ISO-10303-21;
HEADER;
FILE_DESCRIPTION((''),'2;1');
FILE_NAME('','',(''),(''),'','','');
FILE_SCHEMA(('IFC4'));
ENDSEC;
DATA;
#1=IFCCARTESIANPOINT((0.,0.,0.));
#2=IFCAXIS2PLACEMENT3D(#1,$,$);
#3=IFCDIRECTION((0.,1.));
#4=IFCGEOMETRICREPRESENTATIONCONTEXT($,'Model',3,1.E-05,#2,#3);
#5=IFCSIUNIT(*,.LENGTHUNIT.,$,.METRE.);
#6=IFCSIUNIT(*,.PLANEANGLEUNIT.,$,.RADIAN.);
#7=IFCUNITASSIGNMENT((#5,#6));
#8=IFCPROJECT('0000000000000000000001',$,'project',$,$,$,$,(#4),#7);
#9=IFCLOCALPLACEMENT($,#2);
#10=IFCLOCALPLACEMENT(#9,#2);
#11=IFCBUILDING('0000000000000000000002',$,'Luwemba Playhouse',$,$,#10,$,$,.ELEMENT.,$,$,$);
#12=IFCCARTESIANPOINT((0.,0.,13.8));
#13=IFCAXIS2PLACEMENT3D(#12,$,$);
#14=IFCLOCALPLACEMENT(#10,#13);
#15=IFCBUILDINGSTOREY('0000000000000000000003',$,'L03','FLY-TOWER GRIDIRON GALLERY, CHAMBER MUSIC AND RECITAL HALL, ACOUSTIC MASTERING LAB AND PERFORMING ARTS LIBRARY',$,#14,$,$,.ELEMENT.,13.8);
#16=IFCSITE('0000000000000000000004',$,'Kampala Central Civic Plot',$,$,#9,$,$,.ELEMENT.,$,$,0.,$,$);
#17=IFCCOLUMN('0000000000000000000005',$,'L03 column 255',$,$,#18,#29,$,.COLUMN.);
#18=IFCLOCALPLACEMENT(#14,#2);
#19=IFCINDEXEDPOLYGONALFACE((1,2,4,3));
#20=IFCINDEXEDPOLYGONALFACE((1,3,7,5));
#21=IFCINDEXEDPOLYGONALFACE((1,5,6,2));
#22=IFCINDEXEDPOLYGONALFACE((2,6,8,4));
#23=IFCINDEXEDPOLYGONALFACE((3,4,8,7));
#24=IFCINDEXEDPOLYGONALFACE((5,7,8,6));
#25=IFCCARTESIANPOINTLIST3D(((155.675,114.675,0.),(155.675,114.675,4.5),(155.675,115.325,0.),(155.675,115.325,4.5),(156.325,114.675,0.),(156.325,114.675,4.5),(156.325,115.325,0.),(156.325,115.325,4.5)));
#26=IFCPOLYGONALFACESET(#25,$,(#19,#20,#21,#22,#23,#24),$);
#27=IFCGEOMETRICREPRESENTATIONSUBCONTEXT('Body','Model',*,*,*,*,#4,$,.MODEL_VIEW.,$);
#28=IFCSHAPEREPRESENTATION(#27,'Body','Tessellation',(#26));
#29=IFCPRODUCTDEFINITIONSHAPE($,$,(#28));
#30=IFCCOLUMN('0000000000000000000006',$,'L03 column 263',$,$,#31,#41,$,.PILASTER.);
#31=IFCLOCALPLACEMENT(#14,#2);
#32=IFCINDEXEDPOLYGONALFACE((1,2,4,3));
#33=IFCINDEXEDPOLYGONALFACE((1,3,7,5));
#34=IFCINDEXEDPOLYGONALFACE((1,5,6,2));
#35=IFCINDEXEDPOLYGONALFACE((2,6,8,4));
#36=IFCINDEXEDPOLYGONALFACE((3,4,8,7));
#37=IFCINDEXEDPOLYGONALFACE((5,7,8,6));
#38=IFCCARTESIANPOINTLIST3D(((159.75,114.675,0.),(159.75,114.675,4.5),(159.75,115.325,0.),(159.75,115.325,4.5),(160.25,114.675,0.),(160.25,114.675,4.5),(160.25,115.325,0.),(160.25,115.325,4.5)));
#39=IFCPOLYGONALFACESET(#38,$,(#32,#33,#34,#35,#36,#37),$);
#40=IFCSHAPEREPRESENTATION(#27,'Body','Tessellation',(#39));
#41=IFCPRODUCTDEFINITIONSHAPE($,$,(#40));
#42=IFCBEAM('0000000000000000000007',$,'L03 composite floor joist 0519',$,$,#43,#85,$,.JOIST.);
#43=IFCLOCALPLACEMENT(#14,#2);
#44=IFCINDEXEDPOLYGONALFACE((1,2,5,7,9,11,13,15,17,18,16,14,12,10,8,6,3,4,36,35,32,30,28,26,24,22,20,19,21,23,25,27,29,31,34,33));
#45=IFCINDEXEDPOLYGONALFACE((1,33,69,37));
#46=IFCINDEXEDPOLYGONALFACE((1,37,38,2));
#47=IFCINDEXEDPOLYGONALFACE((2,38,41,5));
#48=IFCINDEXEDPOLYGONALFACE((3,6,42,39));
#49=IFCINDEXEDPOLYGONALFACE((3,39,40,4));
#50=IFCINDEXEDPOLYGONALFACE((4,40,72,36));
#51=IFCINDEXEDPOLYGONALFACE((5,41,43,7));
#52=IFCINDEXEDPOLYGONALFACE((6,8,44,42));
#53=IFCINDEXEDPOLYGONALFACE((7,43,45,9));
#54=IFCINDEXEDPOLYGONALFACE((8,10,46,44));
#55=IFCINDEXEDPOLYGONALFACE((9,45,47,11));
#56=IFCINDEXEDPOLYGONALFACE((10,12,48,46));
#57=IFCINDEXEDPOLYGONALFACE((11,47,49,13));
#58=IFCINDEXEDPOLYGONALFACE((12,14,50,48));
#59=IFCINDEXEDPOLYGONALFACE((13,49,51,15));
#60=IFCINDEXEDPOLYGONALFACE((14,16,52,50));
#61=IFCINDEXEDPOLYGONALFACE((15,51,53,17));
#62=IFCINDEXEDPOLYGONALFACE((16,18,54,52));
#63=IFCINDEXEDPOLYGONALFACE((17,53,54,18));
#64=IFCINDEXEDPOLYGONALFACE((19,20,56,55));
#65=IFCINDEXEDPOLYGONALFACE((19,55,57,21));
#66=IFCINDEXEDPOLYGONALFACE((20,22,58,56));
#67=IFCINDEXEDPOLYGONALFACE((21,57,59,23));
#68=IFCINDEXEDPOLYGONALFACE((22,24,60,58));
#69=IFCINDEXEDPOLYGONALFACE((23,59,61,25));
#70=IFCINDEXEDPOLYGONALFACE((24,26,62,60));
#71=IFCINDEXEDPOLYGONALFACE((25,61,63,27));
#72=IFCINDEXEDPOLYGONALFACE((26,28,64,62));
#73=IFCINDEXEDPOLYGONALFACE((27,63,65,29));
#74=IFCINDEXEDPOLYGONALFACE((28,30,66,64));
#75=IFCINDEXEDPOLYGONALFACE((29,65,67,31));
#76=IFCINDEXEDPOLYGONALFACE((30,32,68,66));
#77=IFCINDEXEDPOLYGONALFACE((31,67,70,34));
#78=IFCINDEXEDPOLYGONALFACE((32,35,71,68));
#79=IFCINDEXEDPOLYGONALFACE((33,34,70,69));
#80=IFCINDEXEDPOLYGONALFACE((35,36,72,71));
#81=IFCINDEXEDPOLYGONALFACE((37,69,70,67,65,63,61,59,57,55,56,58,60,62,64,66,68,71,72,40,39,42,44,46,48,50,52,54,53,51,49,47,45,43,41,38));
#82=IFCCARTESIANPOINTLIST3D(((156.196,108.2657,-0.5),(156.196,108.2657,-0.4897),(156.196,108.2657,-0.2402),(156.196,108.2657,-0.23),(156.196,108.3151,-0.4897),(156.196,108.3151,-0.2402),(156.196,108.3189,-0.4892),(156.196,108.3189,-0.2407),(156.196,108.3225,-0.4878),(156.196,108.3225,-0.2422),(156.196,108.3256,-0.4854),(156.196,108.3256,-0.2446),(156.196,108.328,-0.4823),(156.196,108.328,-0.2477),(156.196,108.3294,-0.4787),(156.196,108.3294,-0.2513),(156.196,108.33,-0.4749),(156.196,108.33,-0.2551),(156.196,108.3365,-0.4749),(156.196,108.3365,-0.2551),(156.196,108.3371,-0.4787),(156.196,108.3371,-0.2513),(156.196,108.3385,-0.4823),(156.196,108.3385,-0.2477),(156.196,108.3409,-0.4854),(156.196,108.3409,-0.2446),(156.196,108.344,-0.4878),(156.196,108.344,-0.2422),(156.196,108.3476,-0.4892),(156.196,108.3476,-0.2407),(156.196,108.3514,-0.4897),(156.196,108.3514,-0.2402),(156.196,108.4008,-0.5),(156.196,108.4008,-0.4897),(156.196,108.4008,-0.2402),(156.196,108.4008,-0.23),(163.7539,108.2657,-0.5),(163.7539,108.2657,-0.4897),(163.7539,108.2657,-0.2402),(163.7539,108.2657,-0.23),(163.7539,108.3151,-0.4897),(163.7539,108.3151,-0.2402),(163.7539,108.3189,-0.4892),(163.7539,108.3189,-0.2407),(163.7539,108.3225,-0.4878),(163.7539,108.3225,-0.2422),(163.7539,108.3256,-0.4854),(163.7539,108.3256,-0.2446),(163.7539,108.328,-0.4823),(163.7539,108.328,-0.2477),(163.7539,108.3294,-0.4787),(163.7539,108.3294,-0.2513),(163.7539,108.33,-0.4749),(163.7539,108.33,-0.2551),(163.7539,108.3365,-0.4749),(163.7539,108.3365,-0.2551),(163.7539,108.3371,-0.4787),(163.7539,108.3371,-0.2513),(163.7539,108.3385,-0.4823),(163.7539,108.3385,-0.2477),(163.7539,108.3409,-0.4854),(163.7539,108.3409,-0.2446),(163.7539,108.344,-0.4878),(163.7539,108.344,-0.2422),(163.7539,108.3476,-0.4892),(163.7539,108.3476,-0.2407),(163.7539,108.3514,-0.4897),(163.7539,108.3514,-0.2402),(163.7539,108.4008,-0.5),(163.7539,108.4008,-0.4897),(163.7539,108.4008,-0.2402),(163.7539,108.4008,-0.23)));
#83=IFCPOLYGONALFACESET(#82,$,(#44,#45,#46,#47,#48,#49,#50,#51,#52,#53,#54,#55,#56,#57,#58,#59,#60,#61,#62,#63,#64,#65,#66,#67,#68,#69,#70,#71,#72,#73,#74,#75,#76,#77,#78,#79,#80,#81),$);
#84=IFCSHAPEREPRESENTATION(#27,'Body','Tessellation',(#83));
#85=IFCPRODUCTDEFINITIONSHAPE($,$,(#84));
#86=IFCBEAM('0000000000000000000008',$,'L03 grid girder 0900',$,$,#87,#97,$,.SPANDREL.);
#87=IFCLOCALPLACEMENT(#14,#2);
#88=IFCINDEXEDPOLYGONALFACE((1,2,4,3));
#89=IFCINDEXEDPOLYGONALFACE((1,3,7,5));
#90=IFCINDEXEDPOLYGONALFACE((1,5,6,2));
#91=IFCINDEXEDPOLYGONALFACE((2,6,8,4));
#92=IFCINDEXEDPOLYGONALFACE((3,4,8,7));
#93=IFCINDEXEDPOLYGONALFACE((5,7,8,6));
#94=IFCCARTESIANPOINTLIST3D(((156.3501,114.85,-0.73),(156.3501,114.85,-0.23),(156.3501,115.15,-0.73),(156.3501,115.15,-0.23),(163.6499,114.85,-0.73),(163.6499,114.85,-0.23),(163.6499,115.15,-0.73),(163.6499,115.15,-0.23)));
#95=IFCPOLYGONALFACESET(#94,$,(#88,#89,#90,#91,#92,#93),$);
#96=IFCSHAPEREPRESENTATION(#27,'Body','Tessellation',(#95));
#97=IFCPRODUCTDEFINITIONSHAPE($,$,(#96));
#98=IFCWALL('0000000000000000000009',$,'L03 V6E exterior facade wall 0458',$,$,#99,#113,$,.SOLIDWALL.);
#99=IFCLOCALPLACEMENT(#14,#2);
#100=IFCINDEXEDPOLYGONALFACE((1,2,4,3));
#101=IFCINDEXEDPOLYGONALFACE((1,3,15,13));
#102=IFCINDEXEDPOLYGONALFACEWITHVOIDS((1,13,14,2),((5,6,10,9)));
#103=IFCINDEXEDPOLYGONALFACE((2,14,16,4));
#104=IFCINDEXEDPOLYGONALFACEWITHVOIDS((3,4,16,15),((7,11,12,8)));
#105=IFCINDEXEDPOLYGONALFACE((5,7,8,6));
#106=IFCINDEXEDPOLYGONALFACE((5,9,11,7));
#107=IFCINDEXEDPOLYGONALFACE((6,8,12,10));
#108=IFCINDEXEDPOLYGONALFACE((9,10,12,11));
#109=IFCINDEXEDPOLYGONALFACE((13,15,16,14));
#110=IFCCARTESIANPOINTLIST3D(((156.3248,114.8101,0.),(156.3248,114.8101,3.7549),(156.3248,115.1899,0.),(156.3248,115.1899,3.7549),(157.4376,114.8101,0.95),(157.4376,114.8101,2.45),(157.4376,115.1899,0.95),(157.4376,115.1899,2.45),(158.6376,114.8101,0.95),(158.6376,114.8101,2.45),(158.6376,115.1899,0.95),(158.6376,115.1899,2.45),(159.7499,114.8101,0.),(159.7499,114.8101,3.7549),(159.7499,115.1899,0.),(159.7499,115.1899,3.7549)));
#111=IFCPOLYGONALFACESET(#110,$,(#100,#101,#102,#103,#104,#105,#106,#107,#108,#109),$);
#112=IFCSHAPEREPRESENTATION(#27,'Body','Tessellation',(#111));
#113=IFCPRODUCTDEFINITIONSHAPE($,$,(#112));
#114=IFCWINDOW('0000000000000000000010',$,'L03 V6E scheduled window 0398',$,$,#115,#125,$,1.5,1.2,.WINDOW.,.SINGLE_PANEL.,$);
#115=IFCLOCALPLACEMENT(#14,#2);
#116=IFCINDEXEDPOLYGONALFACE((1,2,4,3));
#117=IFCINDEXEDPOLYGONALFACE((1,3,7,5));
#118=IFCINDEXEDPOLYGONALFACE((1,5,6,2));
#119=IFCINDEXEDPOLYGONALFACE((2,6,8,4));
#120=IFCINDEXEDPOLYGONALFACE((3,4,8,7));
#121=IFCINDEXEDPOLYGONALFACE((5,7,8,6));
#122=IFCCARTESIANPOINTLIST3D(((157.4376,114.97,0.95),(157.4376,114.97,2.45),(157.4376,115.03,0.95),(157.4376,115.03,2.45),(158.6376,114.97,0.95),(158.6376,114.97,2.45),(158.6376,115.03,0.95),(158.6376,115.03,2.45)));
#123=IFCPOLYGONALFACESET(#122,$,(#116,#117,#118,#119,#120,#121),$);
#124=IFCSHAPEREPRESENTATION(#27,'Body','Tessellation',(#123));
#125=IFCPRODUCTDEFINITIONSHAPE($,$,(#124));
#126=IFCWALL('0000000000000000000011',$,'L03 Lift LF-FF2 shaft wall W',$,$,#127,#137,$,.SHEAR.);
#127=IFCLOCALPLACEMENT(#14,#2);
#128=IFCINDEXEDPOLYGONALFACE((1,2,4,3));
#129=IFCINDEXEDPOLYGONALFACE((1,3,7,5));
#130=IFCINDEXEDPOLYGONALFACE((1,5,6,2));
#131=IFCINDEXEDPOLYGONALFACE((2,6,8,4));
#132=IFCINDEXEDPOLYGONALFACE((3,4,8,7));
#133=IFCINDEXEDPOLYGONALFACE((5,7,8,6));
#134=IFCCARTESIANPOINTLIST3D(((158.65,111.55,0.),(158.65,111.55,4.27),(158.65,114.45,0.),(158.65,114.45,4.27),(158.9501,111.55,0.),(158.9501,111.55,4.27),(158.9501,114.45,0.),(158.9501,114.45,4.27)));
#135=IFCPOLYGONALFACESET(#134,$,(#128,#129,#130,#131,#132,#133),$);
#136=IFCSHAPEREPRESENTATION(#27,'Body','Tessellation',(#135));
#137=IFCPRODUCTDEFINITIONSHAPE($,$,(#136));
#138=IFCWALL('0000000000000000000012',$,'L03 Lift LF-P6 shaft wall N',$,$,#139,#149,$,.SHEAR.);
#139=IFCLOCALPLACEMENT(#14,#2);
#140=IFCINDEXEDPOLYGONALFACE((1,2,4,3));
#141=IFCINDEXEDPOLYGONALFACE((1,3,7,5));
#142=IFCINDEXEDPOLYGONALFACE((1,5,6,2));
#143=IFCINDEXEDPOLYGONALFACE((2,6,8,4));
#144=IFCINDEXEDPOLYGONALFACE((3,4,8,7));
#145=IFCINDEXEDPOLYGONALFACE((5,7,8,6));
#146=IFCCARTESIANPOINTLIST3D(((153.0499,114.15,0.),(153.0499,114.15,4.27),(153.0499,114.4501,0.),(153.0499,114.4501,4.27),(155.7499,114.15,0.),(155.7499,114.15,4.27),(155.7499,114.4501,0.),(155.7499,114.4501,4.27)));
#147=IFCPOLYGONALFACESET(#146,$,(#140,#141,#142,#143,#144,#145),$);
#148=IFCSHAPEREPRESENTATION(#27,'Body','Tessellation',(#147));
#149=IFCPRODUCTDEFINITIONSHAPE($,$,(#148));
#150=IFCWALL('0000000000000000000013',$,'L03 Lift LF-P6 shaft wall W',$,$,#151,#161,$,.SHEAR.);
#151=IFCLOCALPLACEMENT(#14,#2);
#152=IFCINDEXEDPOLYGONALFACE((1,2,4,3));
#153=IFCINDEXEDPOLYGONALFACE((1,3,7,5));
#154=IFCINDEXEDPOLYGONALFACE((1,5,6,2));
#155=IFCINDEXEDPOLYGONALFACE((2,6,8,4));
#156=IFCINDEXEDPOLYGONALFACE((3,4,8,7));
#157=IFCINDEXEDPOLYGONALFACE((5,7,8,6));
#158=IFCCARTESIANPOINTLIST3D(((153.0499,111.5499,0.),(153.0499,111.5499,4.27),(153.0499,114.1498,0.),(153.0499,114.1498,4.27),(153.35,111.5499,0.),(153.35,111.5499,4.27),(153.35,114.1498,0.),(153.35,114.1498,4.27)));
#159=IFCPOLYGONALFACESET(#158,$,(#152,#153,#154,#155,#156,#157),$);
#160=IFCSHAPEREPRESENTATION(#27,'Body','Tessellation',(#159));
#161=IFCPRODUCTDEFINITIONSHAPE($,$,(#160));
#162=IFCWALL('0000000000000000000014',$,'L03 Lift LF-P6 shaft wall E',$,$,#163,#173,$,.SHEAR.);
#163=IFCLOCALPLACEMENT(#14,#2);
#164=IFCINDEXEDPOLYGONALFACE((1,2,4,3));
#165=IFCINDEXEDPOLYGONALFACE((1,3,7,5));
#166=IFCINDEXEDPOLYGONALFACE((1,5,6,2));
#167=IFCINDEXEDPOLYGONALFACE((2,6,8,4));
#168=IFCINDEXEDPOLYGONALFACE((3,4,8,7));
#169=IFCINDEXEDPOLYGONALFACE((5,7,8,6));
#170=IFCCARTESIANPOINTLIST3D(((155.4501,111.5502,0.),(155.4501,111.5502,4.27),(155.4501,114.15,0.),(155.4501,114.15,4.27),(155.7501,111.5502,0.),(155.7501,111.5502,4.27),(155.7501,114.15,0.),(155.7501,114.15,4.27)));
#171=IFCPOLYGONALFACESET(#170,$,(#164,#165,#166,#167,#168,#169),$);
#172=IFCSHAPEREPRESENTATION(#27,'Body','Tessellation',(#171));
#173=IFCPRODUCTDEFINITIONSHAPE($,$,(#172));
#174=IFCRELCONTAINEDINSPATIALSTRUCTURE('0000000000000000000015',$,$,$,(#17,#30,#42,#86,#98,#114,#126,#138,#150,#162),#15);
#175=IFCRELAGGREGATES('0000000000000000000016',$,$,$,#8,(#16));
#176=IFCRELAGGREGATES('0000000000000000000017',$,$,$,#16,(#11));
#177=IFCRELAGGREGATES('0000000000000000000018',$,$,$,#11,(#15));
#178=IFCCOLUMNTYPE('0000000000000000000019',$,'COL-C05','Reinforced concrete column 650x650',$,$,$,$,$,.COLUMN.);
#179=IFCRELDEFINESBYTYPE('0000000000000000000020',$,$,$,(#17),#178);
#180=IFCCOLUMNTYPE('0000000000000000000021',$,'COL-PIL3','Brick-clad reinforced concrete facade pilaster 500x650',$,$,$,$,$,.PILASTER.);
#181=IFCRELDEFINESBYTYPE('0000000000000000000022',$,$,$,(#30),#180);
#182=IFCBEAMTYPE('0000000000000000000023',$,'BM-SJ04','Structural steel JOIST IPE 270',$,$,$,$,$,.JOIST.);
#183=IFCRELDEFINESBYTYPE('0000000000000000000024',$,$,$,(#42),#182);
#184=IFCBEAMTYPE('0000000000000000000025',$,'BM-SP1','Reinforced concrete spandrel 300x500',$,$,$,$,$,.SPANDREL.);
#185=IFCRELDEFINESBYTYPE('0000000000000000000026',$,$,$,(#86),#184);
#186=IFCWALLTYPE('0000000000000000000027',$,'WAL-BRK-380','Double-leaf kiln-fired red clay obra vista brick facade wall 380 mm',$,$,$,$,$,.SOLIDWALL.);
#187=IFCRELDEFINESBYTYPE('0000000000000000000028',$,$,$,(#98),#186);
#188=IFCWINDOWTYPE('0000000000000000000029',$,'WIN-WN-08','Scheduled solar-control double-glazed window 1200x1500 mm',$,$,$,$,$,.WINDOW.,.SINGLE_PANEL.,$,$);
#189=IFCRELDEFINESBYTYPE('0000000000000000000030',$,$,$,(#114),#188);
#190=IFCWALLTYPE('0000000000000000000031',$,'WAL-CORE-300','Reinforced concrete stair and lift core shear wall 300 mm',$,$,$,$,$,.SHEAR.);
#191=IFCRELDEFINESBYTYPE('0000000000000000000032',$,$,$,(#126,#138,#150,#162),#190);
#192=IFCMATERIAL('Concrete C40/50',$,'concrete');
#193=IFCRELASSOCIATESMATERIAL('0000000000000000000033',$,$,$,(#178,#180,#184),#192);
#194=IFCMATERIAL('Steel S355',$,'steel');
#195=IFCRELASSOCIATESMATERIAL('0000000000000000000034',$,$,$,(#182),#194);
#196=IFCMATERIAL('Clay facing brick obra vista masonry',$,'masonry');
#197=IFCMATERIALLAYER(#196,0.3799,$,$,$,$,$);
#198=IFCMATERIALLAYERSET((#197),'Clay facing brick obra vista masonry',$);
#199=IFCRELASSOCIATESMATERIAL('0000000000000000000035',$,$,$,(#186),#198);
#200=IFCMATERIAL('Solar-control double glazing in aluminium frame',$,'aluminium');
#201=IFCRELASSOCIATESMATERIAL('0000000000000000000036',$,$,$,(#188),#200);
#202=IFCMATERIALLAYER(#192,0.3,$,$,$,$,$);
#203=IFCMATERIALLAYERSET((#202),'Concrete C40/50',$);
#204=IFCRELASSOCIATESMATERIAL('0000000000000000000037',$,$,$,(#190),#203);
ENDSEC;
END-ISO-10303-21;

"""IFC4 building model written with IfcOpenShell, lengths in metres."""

from ifc_helpers import new_model, si_unit, direction, frame, frame_2d, origin, origin_2d, place, context, subcontext, project, spatial, rectangle, i_section, extrude, material, layer, layer_set, material_profile, profile_set, type_object, element, fill, save


model = new_model("IFC4")

# Units and contexts
model_context = context("Model", 3, precision=1e-05, world=origin(), true_north=direction((0.0, 1.0)))
body_context = subcontext(model_context, "Body", "Model", "MODEL_VIEW")
ifc_project = project(units=[si_unit("LENGTHUNIT", "METRE"), si_unit("PLANEANGLEUNIT", "RADIAN")], contexts=[model_context])

# Site, building, storey
site_placement = place(None, origin())
site = spatial("IfcSite", under=ifc_project, at=site_placement, Name="Kampala Central Civic Plot", CompositionType="ELEMENT", RefElevation=0.0)
building_placement = place(site_placement, origin())
building = spatial("IfcBuilding", under=site, at=building_placement, Name="Luwemba Playhouse", CompositionType="ELEMENT")
storey_placement = place(building_placement, frame((0.0, 0.0, 13.8)))
storey = spatial("IfcBuildingStorey", under=building, at=storey_placement, Name="L03", Description="FLY-TOWER GRIDIRON GALLERY, CHAMBER MUSIC AND RECITAL HALL, ACOUSTIC MASTERING LAB AND PERFORMING ARTS LIBRARY", CompositionType="ELEMENT", Elevation=13.8)

# Columns
ifc_material_1 = material(Name="Concrete C40/50", Category="concrete")
ifc_material_profile_1 = material_profile(ifc_material_1, rectangle(XDim=0.6499, YDim=0.6499, at=origin_2d()))
ifc_profile_set_1 = profile_set([ifc_material_profile_1], Name="Concrete C40/50")
column_type_1 = type_object("IfcColumnType", Name="COL-C05", Description="Reinforced concrete column 650x650", PredefinedType="COLUMN", material=ifc_profile_set_1)
column_1_placement = place(storey_placement, frame((156.0, 115.0, 0.0), z_axis=(0.0, 0.0, 1.0), x_axis=(1.0, 0.0, 0.0)))
element("IfcColumn", 1, at=column_1_placement, inside=storey, type_object=column_type_1, Name="L03 column 255", PredefinedType="COLUMN", context=body_context, shape_type="SweptSolid", body=[
    extrude(rectangle(XDim=0.6499, YDim=0.6499, at=origin_2d()), origin(), (0.0, 0.0, 1.0), 4.5),
])
ifc_material_profile_2 = material_profile(ifc_material_1, rectangle(XDim=0.5, YDim=0.6499, at=origin_2d()))
ifc_profile_set_2 = profile_set([ifc_material_profile_2], Name="Concrete C40/50")
column_type_2 = type_object("IfcColumnType", Name="COL-PIL3", Description="Brick-clad reinforced concrete facade pilaster 500x650", PredefinedType="PILASTER", material=ifc_profile_set_2)
column_2_placement = place(storey_placement, frame((160.0, 115.0, 0.0), z_axis=(0.0, 0.0, 1.0), x_axis=(1.0, 0.0, 0.0)))
element("IfcColumn", 2, at=column_2_placement, inside=storey, type_object=column_type_2, Name="L03 column 263", PredefinedType="PILASTER", context=body_context, shape_type="SweptSolid", body=[
    extrude(rectangle(XDim=0.5, YDim=0.6499, at=origin_2d()), origin(), (0.0, 0.0, 1.0), 4.5),
])

# Beams
ifc_material_2 = material(Name="Steel S355", Category="steel")
ifc_material_profile_3 = material_profile(ifc_material_2, i_section(OverallWidth=0.135, OverallDepth=0.27, WebThickness=0.0066, FlangeThickness=0.0103, FilletRadius=0.0149, at=origin_2d()))
ifc_profile_set_3 = profile_set([ifc_material_profile_3], Name="Steel S355")
beam_type_1 = type_object("IfcBeamType", Name="BM-SJ04", Description="Structural steel JOIST IPE 270", PredefinedType="JOIST", material=ifc_profile_set_3)
beam_1_placement = place(storey_placement, frame((156.196, 108.3333, -0.365), z_axis=(1.0, 0.0, 0.0), x_axis=(0.0, 1.0, 0.0)))
element("IfcBeam", 3, at=beam_1_placement, inside=storey, type_object=beam_type_1, Name="L03 composite floor joist 0519", PredefinedType="JOIST", context=body_context, shape_type="SweptSolid", body=[
    extrude(i_section(OverallWidth=0.135, OverallDepth=0.27, WebThickness=0.0066, FlangeThickness=0.0103, FilletRadius=0.0149, at=origin_2d()), origin(), (0.0, 0.0, 1.0), 7.5579),
])
ifc_material_profile_4 = material_profile(ifc_material_1, rectangle(XDim=0.3, YDim=0.5, at=origin_2d()))
ifc_profile_set_4 = profile_set([ifc_material_profile_4], Name="Concrete C40/50")
beam_type_2 = type_object("IfcBeamType", Name="BM-SP1", Description="Reinforced concrete spandrel 300x500", PredefinedType="SPANDREL", material=ifc_profile_set_4)
beam_2_placement = place(storey_placement, frame((156.3501, 115.0, -0.48), z_axis=(1.0, 0.0, 0.0), x_axis=(0.0, 1.0, 0.0)))
element("IfcBeam", 4, at=beam_2_placement, inside=storey, type_object=beam_type_2, Name="L03 grid girder 0900", PredefinedType="SPANDREL", context=body_context, shape_type="SweptSolid", body=[
    extrude(rectangle(XDim=0.3, YDim=0.5, at=origin_2d()), origin(), (0.0, 0.0, 1.0), 7.2998),
])

# Wall, opening, window
ifc_material_3 = material(Name="Clay facing brick obra vista masonry", Category="masonry")
ifc_layer_1 = layer(ifc_material_3, 0.3799)
ifc_layer_set_1 = layer_set([ifc_layer_1], Name="Clay facing brick obra vista masonry")
wall_type_1 = type_object("IfcWallType", Name="WAL-BRK-380", Description="Double-leaf kiln-fired red clay obra vista brick facade wall 380 mm", PredefinedType="SOLIDWALL", material=ifc_layer_set_1)
wall_1_placement = place(storey_placement, frame((156.325, 115.0, 0.0), z_axis=(0.0, 0.0, 1.0), x_axis=(1.0, 0.0, 0.0)))
wall_1 = element("IfcWall", 5, at=wall_1_placement, inside=storey, type_object=wall_type_1, Name="L03 V6E exterior facade wall 0458", PredefinedType="SOLIDWALL", context=body_context, shape_type="SweptSolid", body=[
    extrude(rectangle(XDim=3.425, YDim=0.3799, at=frame_2d((1.7124, 0.0))), origin(), (0.0, 0.0, 1.0), 3.7549),
])
opening_1_placement = place(wall_1_placement, frame((1.1125, 0.0, 0.95)))
opening_1 = element("IfcOpeningElement", 6, at=opening_1_placement, cuts=wall_1, PredefinedType="OPENING", context=body_context, shape_type="SweptSolid", body=[
    extrude(rectangle(XDim=1.2, YDim=1.5, at=frame_2d((0.6001, 0.75))), frame((0.0, 0.2, 0.0), z_axis=(0.0, -1.0, 0.0), x_axis=(1.0, 0.0, 0.0)), (0.0, 0.0, 1.0), 0.3999),
])
ifc_material_4 = material(Name="Solar-control double glazing in aluminium frame", Category="aluminium")
window_type_1 = type_object("IfcWindowType", Name="WIN-WN-08", Description="Scheduled solar-control double-glazed window 1200x1500 mm", PartitioningType="SINGLE_PANEL", PredefinedType="WINDOW", material=ifc_material_4)
window_1_placement = place(opening_1_placement, origin())
window_1 = element("IfcWindow", 7, at=window_1_placement, inside=storey, type_object=window_type_1, Name="L03 V6E scheduled window 0398", OverallHeight=1.5, OverallWidth=1.2, PartitioningType="SINGLE_PANEL", PredefinedType="WINDOW", context=body_context, shape_type="SweptSolid", body=[
    extrude(rectangle(XDim=1.2, YDim=1.5, at=frame_2d((0.6001, 0.75))), frame((0.0, 0.03, 0.0), z_axis=(0.0, -1.0, 0.0), x_axis=(1.0, 0.0, 0.0)), (0.0, 0.0, 1.0), 0.0601),
])
fill(opening_1, window_1)

# Shared definitions
ifc_layer_2 = layer(ifc_material_1, 0.3)
ifc_layer_set_2 = layer_set([ifc_layer_2], Name="Concrete C40/50")
wall_type_2 = type_object("IfcWallType", Name="WAL-CORE-300", Description="Reinforced concrete stair and lift core shear wall 300 mm", PredefinedType="SHEAR", material=ifc_layer_set_2)

# Wall
wall_2_placement = place(storey_placement, frame((158.8, 111.55, 0.0), z_axis=(0.0, 0.0, 1.0), x_axis=(0.0, 1.0, 0.0)))
element("IfcWall", 8, at=wall_2_placement, inside=storey, type_object=wall_type_2, Name="L03 Lift LF-FF2 shaft wall W", PredefinedType="SHEAR", context=body_context, shape_type="SweptSolid", body=[
    extrude(rectangle(XDim=2.8999, YDim=0.3, at=frame_2d((1.45, 0.0))), origin(), (0.0, 0.0, 1.0), 4.27),
])

# Walls
wall_3_placement = place(storey_placement, frame((155.75, 114.3, 0.0), z_axis=(0.0, 0.0, 1.0), x_axis=(-1.0, 0.0, 0.0)))
element("IfcWall", 9, at=wall_3_placement, inside=storey, type_object=wall_type_2, Name="L03 Lift LF-P6 shaft wall N", PredefinedType="SHEAR", context=body_context, shape_type="SweptSolid", body=[
    extrude(rectangle(XDim=2.7, YDim=0.3, at=frame_2d((1.3501, 0.0))), origin(), (0.0, 0.0, 1.0), 4.27),
])
for number, where, z_axis, x_axis, name in (
    (10, (153.2, 111.55, 0.0), (0.0, 0.0, 1.0), (0.0, 1.0, 0.0), "L03 Lift LF-P6 shaft wall W"),
    (11, (155.6001, 114.1499, 0.0), (0.0, 0.0, 1.0), (0.0, -1.0, 0.0), "L03 Lift LF-P6 shaft wall E"),
):
    element("IfcWall", number, at=place(storey_placement, frame(where, z_axis=z_axis, x_axis=x_axis)), inside=storey, type_object=wall_type_2, Name=name, PredefinedType="SHEAR", context=body_context, shape_type="SweptSolid", body=[
        extrude(rectangle(XDim=2.5999, YDim=0.3, at=frame_2d((1.2998, 0.0))), origin(), (0.0, 0.0, 1.0), 4.27),
    ])

save(model, "model.ifc")
